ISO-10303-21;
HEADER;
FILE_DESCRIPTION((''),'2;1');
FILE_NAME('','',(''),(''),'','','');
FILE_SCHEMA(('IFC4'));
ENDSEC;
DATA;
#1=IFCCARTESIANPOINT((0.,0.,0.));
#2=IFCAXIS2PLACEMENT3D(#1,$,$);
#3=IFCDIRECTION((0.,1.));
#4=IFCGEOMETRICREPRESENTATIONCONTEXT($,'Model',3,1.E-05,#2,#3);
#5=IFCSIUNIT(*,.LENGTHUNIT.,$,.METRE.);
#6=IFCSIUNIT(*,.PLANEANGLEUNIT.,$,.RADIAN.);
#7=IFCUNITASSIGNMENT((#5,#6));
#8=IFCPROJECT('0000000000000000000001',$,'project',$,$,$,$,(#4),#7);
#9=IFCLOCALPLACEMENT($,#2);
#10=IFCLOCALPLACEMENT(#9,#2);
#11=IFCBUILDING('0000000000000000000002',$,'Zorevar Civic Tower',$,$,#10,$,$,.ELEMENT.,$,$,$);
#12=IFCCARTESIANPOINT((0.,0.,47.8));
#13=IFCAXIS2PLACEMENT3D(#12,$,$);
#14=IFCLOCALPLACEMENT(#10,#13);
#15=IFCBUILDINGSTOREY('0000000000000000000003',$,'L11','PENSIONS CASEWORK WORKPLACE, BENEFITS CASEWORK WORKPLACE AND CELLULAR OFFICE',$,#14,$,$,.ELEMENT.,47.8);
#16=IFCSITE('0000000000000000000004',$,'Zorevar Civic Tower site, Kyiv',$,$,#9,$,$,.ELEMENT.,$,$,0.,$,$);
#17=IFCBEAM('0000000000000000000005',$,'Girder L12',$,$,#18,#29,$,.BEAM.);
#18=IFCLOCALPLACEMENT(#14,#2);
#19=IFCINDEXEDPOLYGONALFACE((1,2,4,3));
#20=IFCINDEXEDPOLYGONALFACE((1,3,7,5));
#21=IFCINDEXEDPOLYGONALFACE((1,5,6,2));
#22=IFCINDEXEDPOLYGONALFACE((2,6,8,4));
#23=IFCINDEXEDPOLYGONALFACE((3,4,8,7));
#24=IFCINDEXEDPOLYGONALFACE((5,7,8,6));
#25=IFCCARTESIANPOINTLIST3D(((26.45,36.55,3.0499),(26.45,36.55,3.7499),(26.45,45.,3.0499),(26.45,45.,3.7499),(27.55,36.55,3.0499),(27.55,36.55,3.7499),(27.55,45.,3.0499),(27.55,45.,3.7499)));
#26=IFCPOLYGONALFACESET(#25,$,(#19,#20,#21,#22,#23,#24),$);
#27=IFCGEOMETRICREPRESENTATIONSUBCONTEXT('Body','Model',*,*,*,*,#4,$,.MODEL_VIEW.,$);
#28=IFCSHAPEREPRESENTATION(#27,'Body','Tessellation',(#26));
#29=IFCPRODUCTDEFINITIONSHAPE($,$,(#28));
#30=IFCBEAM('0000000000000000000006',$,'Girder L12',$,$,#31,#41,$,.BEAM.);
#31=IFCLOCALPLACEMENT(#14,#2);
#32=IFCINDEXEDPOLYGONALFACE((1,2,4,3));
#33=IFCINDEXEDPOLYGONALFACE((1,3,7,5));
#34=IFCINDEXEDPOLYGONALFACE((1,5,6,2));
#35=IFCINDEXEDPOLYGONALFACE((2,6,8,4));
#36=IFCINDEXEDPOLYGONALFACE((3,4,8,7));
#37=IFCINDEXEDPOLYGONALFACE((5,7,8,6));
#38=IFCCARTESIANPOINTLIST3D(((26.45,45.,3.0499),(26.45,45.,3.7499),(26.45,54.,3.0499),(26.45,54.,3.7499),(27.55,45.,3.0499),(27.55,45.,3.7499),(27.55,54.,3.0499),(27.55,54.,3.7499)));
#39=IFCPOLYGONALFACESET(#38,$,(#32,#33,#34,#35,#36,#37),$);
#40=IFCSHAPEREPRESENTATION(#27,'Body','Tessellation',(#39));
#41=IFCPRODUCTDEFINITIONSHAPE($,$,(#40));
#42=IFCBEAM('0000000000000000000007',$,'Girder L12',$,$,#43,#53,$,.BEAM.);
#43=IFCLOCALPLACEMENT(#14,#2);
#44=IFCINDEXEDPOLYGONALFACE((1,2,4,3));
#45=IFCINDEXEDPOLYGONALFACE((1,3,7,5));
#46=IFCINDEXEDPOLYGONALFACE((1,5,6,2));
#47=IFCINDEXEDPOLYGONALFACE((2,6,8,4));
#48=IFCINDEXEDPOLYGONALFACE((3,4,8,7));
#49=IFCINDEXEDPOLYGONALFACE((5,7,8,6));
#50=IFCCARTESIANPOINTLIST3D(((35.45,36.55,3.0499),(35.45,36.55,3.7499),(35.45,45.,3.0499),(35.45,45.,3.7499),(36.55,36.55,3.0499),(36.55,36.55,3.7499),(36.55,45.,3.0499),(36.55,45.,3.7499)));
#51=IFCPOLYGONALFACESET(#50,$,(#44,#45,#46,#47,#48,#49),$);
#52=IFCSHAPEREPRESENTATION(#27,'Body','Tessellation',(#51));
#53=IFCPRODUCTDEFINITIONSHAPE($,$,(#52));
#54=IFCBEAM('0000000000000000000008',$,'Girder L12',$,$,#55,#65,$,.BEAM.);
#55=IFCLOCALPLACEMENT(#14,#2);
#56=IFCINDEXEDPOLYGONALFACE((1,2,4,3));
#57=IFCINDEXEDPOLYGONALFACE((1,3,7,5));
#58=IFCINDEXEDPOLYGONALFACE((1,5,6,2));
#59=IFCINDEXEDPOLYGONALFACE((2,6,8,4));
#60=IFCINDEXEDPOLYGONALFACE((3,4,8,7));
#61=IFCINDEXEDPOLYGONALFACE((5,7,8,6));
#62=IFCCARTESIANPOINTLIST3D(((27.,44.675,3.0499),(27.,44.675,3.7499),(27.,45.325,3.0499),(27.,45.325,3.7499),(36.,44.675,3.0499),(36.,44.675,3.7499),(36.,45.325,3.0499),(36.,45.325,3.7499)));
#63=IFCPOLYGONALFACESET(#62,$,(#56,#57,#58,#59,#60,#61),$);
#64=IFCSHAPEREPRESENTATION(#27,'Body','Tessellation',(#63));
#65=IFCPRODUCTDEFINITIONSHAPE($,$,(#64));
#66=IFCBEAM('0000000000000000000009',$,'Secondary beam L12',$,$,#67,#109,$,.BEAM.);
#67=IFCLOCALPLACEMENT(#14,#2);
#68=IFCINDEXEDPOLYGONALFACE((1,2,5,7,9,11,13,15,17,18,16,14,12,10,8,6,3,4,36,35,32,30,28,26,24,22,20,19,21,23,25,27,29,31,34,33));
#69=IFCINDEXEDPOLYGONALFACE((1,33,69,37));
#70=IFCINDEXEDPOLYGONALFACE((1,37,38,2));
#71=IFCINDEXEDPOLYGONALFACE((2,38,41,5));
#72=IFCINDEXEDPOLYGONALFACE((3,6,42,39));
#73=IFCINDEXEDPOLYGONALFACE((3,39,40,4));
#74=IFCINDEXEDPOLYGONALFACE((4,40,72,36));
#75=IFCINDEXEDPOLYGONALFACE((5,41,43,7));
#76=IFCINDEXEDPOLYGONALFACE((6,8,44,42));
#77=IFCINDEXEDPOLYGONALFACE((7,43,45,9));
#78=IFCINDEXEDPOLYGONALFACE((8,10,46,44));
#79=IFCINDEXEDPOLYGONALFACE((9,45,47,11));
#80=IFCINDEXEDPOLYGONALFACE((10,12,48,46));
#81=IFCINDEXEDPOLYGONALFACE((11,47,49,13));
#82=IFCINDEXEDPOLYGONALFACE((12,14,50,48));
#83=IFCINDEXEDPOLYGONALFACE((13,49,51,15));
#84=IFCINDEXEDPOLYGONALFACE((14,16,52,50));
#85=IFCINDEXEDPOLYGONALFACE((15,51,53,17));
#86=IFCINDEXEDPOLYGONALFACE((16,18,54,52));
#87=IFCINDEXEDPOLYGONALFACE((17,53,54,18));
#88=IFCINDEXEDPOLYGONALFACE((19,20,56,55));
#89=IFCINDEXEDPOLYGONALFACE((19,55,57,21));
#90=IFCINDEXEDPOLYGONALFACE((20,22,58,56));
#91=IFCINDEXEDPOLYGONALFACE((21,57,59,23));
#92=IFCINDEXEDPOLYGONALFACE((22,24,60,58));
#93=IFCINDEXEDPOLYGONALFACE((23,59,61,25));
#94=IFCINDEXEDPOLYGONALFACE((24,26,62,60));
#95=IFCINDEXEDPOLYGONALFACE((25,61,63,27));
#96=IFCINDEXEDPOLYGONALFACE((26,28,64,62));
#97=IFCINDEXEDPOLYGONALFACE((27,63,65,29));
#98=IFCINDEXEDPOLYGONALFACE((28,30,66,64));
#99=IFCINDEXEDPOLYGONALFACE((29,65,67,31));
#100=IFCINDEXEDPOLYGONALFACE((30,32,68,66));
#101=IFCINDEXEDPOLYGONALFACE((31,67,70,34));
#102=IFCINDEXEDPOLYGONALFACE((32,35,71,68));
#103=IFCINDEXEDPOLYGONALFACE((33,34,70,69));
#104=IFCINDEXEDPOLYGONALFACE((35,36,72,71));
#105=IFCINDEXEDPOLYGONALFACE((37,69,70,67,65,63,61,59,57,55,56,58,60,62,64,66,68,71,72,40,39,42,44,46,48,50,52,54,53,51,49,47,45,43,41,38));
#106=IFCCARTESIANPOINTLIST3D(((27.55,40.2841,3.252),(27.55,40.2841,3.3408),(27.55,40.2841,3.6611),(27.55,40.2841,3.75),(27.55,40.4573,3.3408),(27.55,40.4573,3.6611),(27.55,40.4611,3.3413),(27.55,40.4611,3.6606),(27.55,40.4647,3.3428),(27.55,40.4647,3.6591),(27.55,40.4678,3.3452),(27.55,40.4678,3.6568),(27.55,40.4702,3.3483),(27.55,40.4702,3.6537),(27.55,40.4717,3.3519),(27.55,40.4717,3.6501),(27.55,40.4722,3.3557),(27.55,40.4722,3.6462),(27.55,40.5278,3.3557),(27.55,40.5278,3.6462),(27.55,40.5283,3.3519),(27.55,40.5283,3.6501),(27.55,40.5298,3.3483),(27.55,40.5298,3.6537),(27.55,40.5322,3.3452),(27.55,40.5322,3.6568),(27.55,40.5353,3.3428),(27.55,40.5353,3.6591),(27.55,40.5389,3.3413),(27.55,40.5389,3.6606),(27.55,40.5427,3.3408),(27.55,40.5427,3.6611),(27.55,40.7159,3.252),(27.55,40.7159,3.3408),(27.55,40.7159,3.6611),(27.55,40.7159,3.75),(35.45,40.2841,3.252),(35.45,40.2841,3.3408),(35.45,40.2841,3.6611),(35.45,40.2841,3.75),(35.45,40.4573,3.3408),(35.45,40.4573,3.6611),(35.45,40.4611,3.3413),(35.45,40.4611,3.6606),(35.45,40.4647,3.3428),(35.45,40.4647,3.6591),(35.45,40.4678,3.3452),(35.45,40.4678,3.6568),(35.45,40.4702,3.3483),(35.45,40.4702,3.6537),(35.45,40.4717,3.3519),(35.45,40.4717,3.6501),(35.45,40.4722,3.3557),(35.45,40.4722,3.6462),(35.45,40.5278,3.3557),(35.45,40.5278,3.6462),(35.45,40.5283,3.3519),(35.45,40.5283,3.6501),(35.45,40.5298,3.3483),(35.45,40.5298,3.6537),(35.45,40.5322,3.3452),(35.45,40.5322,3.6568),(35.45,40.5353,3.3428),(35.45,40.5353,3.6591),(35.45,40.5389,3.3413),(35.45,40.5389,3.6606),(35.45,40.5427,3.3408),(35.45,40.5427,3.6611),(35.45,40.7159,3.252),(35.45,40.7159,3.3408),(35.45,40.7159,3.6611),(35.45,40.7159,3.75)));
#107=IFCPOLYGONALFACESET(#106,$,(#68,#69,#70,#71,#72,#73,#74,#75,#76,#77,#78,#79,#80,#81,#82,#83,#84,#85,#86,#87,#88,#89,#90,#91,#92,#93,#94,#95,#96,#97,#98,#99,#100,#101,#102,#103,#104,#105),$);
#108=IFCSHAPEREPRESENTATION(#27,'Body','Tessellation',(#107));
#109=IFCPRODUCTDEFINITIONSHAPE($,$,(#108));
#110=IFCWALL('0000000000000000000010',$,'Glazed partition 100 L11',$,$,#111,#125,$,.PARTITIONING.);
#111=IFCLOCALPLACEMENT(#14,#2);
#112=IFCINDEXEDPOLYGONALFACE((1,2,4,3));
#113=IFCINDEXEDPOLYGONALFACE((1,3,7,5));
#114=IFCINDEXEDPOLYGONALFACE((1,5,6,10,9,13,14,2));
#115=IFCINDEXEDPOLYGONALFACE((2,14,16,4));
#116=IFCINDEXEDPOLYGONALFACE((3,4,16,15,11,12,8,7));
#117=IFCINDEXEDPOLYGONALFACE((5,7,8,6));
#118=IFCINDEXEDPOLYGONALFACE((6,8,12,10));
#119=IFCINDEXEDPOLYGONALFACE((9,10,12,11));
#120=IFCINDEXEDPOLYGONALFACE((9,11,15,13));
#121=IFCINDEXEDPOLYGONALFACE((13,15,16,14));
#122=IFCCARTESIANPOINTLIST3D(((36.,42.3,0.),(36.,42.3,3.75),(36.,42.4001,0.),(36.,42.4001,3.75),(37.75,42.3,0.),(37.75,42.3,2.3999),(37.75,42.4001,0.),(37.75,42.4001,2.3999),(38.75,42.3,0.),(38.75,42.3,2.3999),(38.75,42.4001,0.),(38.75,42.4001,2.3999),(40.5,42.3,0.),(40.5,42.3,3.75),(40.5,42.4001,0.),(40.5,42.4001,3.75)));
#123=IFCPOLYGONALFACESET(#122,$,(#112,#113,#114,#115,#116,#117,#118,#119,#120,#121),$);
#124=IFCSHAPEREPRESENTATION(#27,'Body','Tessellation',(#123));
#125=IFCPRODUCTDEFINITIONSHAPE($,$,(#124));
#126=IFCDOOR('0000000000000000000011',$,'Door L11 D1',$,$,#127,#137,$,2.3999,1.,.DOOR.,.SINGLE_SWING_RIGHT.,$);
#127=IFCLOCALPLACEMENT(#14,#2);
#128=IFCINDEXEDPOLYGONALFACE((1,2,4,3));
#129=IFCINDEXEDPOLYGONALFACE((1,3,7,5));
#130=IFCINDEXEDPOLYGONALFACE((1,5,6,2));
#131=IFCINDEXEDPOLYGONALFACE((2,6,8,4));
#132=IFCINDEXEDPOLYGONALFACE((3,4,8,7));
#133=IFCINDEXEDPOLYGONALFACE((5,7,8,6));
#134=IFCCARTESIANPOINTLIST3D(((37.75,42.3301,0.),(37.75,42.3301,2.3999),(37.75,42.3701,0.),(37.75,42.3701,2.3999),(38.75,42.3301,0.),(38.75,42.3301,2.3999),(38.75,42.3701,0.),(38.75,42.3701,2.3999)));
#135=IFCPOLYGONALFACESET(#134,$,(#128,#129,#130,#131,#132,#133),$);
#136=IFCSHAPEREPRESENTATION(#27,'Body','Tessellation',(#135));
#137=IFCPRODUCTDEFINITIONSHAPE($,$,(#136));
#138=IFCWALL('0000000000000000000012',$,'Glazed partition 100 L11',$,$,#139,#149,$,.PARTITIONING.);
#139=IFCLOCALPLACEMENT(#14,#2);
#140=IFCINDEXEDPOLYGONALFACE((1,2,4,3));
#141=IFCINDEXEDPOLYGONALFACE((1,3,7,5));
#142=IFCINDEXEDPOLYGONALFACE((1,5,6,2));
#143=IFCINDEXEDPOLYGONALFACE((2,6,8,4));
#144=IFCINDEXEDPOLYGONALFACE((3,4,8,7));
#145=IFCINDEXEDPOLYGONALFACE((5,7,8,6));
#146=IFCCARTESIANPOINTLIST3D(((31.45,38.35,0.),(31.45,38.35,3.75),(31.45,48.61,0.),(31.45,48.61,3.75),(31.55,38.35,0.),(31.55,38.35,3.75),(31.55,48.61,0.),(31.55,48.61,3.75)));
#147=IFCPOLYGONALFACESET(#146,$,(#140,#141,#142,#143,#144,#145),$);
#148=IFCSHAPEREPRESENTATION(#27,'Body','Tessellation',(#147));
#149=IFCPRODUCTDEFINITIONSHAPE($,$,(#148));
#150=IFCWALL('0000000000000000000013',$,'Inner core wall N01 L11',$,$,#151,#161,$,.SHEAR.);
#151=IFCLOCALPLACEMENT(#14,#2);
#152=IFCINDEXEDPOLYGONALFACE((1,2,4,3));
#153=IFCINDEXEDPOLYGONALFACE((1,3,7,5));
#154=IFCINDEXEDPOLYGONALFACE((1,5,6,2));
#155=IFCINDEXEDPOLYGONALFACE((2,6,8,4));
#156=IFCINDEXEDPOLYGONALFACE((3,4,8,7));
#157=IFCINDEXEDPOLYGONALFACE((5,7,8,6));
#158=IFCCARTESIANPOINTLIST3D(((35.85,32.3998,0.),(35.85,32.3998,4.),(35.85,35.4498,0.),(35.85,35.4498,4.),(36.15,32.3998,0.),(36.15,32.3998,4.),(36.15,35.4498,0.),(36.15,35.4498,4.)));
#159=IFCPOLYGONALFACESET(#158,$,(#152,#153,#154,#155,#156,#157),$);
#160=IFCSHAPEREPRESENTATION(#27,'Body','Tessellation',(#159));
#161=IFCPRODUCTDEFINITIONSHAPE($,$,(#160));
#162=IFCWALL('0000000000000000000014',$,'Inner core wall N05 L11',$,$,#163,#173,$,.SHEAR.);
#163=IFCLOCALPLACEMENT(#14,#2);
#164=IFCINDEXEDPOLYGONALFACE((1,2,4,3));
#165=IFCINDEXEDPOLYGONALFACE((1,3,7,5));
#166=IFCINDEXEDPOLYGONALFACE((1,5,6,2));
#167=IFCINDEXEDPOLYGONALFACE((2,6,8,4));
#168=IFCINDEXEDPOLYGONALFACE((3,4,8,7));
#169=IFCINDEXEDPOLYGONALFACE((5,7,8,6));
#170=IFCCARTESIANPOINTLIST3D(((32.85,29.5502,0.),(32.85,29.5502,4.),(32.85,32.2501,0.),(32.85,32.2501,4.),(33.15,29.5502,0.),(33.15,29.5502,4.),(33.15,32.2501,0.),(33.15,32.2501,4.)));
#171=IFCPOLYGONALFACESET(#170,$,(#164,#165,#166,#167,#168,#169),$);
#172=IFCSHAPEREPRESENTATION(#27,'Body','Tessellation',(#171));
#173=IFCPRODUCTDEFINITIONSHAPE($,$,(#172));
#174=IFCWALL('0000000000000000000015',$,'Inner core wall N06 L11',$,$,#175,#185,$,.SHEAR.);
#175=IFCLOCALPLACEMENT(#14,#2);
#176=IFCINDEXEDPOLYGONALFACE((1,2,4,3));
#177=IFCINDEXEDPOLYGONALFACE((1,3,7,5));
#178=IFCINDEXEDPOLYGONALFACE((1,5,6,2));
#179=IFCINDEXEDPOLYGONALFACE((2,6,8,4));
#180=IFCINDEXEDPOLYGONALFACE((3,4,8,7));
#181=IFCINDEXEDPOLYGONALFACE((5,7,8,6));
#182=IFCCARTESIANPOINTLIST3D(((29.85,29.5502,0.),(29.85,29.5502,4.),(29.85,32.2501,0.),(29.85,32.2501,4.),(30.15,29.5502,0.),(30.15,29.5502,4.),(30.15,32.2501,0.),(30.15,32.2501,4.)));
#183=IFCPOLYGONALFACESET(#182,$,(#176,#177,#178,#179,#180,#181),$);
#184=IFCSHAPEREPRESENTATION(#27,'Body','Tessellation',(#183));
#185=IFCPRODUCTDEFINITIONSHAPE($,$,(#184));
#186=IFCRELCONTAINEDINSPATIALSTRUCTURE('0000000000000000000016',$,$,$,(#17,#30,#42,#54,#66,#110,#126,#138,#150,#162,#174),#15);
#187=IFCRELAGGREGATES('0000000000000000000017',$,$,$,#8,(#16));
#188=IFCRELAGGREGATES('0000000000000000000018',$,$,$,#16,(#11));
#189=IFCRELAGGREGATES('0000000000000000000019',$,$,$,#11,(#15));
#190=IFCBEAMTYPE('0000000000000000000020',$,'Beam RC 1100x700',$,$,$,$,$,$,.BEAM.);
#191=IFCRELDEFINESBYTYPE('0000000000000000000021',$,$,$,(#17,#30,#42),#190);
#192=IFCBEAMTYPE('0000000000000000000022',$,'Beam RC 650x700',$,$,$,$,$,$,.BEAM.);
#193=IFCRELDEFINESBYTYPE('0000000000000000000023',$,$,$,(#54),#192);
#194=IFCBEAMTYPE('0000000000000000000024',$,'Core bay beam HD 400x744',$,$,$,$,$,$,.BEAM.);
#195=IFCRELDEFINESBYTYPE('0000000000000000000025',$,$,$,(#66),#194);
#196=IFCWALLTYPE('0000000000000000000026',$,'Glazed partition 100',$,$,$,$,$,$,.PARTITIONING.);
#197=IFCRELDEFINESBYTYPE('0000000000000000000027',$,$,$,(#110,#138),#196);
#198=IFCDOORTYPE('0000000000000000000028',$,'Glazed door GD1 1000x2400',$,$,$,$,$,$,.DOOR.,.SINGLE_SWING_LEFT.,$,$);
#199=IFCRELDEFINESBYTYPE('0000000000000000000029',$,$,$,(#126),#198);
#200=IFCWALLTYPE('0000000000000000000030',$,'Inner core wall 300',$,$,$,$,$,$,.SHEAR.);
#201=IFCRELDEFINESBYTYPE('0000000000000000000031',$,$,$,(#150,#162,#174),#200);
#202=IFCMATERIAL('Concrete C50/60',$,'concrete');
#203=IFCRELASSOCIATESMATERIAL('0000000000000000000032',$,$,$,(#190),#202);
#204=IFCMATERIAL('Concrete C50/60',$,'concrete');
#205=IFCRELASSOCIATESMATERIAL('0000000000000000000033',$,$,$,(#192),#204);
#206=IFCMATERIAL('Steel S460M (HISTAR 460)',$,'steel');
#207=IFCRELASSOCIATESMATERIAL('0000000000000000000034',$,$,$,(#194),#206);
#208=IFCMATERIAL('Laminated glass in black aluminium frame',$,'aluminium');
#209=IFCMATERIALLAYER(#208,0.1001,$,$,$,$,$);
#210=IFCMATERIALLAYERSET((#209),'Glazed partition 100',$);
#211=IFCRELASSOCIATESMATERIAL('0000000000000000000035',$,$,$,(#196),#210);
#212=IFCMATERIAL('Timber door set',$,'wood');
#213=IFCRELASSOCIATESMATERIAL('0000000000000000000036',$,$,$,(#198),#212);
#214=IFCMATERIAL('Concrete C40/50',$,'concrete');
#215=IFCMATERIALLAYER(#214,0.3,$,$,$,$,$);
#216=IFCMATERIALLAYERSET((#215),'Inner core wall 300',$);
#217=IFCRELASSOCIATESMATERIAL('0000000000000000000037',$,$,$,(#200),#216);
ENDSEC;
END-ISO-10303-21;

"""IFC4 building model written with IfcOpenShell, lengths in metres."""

from ifc_helpers import new_model, si_unit, direction, frame, frame_2d, origin, origin_2d, place, context, subcontext, project, spatial, rectangle, i_section, extrude, material, layer, layer_set, material_profile, profile_set, type_object, element, fill, save


model = new_model("IFC4")

# Units and contexts
model_context = context("Model", 3, precision=1e-05, world=origin(), true_north=direction((0.0, 1.0)))
body_context = subcontext(model_context, "Body", "Model", "MODEL_VIEW")
ifc_project = project(units=[si_unit("LENGTHUNIT", "METRE"), si_unit("PLANEANGLEUNIT", "RADIAN")], contexts=[model_context])

# Site, building, storey
site_placement = place(None, origin())
site = spatial("IfcSite", under=ifc_project, at=site_placement, Name="Zorevar Civic Tower site, Kyiv", CompositionType="ELEMENT", RefElevation=0.0)
building_placement = place(site_placement, origin())
building = spatial("IfcBuilding", under=site, at=building_placement, Name="Zorevar Civic Tower", CompositionType="ELEMENT")
storey_placement = place(building_placement, frame((0.0, 0.0, 47.8)))
storey = spatial("IfcBuildingStorey", under=building, at=storey_placement, Name="L11", Description="PENSIONS CASEWORK WORKPLACE, BENEFITS CASEWORK WORKPLACE AND CELLULAR OFFICE", CompositionType="ELEMENT", Elevation=47.8)

# Beams
ifc_material_1 = material(Name="Concrete C50/60", Category="concrete")
ifc_material_profile_1 = material_profile(ifc_material_1, rectangle(XDim=1.1001, YDim=0.7, at=origin_2d()), Name="RC 1100x700")
ifc_profile_set_1 = profile_set([ifc_material_profile_1], Name="Concrete C50/60")
beam_type_1 = type_object("IfcBeamType", Name="Beam RC 1100x700", PredefinedType="BEAM", material=ifc_profile_set_1)
beam_1_placement = place(storey_placement, frame((27.0, 36.55, 3.3999), z_axis=(0.0, 1.0, 0.0), x_axis=(-1.0, 0.0, 0.0)))
element("IfcBeam", 1, at=beam_1_placement, inside=storey, type_object=beam_type_1, Name="Girder L12", PredefinedType="BEAM", context=body_context, shape_type="SweptSolid", body=[
    extrude(rectangle(XDim=1.1001, YDim=0.7, at=origin_2d()), origin(), (0.0, 0.0, 1.0), 8.45),
])
beam_2_placement = place(storey_placement, frame((27.0, 45.0, 3.3999), z_axis=(0.0, 1.0, 0.0), x_axis=(-1.0, 0.0, 0.0)))
element("IfcBeam", 2, at=beam_2_placement, inside=storey, type_object=beam_type_1, Name="Girder L12", PredefinedType="BEAM", context=body_context, shape_type="SweptSolid", body=[
    extrude(rectangle(XDim=1.1001, YDim=0.7, at=origin_2d()), origin(), (0.0, 0.0, 1.0), 9.0),
])
beam_3_placement = place(storey_placement, frame((36.0, 36.55, 3.3999), z_axis=(0.0, 1.0, 0.0), x_axis=(-1.0, 0.0, 0.0)))
element("IfcBeam", 3, at=beam_3_placement, inside=storey, type_object=beam_type_1, Name="Girder L12", PredefinedType="BEAM", context=body_context, shape_type="SweptSolid", body=[
    extrude(rectangle(XDim=1.1001, YDim=0.7, at=origin_2d()), origin(), (0.0, 0.0, 1.0), 8.45),
])
ifc_material_2 = material(Name="Concrete C50/60", Category="concrete")
ifc_material_profile_2 = material_profile(ifc_material_2, rectangle(XDim=0.6499, YDim=0.7, at=origin_2d()), Name="RC 650x700")
ifc_profile_set_2 = profile_set([ifc_material_profile_2], Name="Concrete C50/60")
beam_type_2 = type_object("IfcBeamType", Name="Beam RC 650x700", PredefinedType="BEAM", material=ifc_profile_set_2)
beam_4_placement = place(storey_placement, frame((27.0, 45.0, 3.3999), z_axis=(1.0, 0.0, 0.0), x_axis=(0.0, 1.0, 0.0)))
element("IfcBeam", 4, at=beam_4_placement, inside=storey, type_object=beam_type_2, Name="Girder L12", PredefinedType="BEAM", context=body_context, shape_type="SweptSolid", body=[
    extrude(rectangle(XDim=0.6499, YDim=0.7, at=origin_2d()), origin(), (0.0, 0.0, 1.0), 9.0),
])
ifc_material_3 = material(Name="Steel S460M (HISTAR 460)", Category="steel")
ifc_material_profile_3 = material_profile(ifc_material_3, i_section(OverallWidth=0.4319, OverallDepth=0.498, WebThickness=0.0557, FlangeThickness=0.0889, FilletRadius=0.0149, at=origin_2d()), Name="HD 400x744")
ifc_profile_set_3 = profile_set([ifc_material_profile_3], Name="Steel S460M (HISTAR 460)")
beam_type_3 = type_object("IfcBeamType", Name="Core bay beam HD 400x744", PredefinedType="BEAM", material=ifc_profile_set_3)
beam_5_placement = place(storey_placement, frame((27.55, 40.5, 3.501), z_axis=(1.0, 0.0, 0.0), x_axis=(0.0, 1.0, 0.0)))
element("IfcBeam", 5, at=beam_5_placement, inside=storey, type_object=beam_type_3, Name="Secondary beam L12", PredefinedType="BEAM", context=body_context, shape_type="SweptSolid", body=[
    extrude(i_section(OverallWidth=0.4319, OverallDepth=0.498, WebThickness=0.0557, FlangeThickness=0.0889, FilletRadius=0.0149, at=origin_2d()), origin(), (0.0, 0.0, 1.0), 7.8999),
])

# Wall, opening, door
ifc_material_4 = material(Name="Laminated glass in black aluminium frame", Category="aluminium")
ifc_layer_1 = layer(ifc_material_4, 0.1001)
ifc_layer_set_1 = layer_set([ifc_layer_1], Name="Glazed partition 100")
wall_type_1 = type_object("IfcWallType", Name="Glazed partition 100", PredefinedType="PARTITIONING", material=ifc_layer_set_1)
wall_1_placement = place(storey_placement, frame((36.0, 42.3501, 0.0), z_axis=(0.0, 0.0, 1.0), x_axis=(1.0, 0.0, 0.0)))
wall_1 = element("IfcWall", 6, at=wall_1_placement, inside=storey, type_object=wall_type_1, Name="Glazed partition 100 L11", PredefinedType="PARTITIONING", context=body_context, shape_type="SweptSolid", body=[
    extrude(rectangle(XDim=4.5, YDim=0.1001, at=frame_2d((2.25, 0.0))), origin(), (0.0, 0.0, 1.0), 3.75),
])
opening_placement = place(wall_1_placement, frame((1.75, 0.0, 0.0)))
opening = element("IfcOpeningElement", 7, at=opening_placement, cuts=wall_1, PredefinedType="OPENING", context=body_context, shape_type="SweptSolid", body=[
    extrude(rectangle(XDim=1.0, YDim=2.3999, at=frame_2d((0.5, 1.2))), frame((0.0, 0.0601, 0.0), z_axis=(0.0, -1.0, 0.0), x_axis=(1.0, 0.0, 0.0)), (0.0, 0.0, 1.0), 0.1201),
])
ifc_material_5 = material(Name="Timber door set", Category="wood")
door_type = type_object("IfcDoorType", Name="Glazed door GD1 1000x2400", OperationType="SINGLE_SWING_LEFT", PredefinedType="DOOR", material=ifc_material_5)
door_placement = place(opening_placement, origin())
door = element("IfcDoor", 8, at=door_placement, inside=storey, type_object=door_type, Name="Door L11 D1", OperationType="SINGLE_SWING_RIGHT", OverallHeight=2.3999, OverallWidth=1.0, PredefinedType="DOOR", context=body_context, shape_type="SweptSolid", body=[
    extrude(rectangle(XDim=1.0, YDim=2.3999, at=frame_2d((0.5, 1.2))), frame((0.0, 0.02, 0.0), z_axis=(0.0, -1.0, 0.0), x_axis=(1.0, 0.0, 0.0)), (0.0, 0.0, 1.0), 0.04),
])
fill(opening, door)

# Walls
wall_2_placement = place(storey_placement, frame((31.5, 38.3501, 0.0), z_axis=(0.0, 0.0, 1.0), x_axis=(0.0, 1.0, 0.0)))
element("IfcWall", 9, at=wall_2_placement, inside=storey, type_object=wall_type_1, Name="Glazed partition 100 L11", PredefinedType="PARTITIONING", context=body_context, shape_type="SweptSolid", body=[
    extrude(rectangle(XDim=10.26, YDim=0.1001, at=frame_2d((5.1299, 0.0))), origin(), (0.0, 0.0, 1.0), 3.75),
])
ifc_material_6 = material(Name="Concrete C40/50", Category="concrete")
ifc_layer_2 = layer(ifc_material_6, 0.3)
ifc_layer_set_2 = layer_set([ifc_layer_2], Name="Inner core wall 300")
wall_type_2 = type_object("IfcWallType", Name="Inner core wall 300", PredefinedType="SHEAR", material=ifc_layer_set_2)
wall_3_placement = place(storey_placement, frame((36.0, 32.3999, 0.0), z_axis=(0.0, 0.0, 1.0), x_axis=(0.0, 1.0, 0.0)))
element("IfcWall", 10, at=wall_3_placement, inside=storey, type_object=wall_type_2, Name="Inner core wall N01 L11", PredefinedType="SHEAR", context=body_context, shape_type="SweptSolid", body=[
    extrude(rectangle(XDim=3.05, YDim=0.3, at=frame_2d((1.5249, 0.0))), origin(), (0.0, 0.0, 1.0), 4.0),
])
for number, where, z_axis, x_axis, name in (
    (11, (33.0, 29.55, 0.0), (0.0, 0.0, 1.0), (0.0, 1.0, 0.0), "Inner core wall N05 L11"),
    (12, (30.0, 29.55, 0.0), (0.0, 0.0, 1.0), (0.0, 1.0, 0.0), "Inner core wall N06 L11"),
):
    element("IfcWall", number, at=place(storey_placement, frame(where, z_axis=z_axis, x_axis=x_axis)), inside=storey, type_object=wall_type_2, Name=name, PredefinedType="SHEAR", context=body_context, shape_type="SweptSolid", body=[
        extrude(rectangle(XDim=2.7, YDim=0.3, at=frame_2d((1.3501, 0.0))), origin(), (0.0, 0.0, 1.0), 4.0),
    ])

save(model, "model.ifc")
